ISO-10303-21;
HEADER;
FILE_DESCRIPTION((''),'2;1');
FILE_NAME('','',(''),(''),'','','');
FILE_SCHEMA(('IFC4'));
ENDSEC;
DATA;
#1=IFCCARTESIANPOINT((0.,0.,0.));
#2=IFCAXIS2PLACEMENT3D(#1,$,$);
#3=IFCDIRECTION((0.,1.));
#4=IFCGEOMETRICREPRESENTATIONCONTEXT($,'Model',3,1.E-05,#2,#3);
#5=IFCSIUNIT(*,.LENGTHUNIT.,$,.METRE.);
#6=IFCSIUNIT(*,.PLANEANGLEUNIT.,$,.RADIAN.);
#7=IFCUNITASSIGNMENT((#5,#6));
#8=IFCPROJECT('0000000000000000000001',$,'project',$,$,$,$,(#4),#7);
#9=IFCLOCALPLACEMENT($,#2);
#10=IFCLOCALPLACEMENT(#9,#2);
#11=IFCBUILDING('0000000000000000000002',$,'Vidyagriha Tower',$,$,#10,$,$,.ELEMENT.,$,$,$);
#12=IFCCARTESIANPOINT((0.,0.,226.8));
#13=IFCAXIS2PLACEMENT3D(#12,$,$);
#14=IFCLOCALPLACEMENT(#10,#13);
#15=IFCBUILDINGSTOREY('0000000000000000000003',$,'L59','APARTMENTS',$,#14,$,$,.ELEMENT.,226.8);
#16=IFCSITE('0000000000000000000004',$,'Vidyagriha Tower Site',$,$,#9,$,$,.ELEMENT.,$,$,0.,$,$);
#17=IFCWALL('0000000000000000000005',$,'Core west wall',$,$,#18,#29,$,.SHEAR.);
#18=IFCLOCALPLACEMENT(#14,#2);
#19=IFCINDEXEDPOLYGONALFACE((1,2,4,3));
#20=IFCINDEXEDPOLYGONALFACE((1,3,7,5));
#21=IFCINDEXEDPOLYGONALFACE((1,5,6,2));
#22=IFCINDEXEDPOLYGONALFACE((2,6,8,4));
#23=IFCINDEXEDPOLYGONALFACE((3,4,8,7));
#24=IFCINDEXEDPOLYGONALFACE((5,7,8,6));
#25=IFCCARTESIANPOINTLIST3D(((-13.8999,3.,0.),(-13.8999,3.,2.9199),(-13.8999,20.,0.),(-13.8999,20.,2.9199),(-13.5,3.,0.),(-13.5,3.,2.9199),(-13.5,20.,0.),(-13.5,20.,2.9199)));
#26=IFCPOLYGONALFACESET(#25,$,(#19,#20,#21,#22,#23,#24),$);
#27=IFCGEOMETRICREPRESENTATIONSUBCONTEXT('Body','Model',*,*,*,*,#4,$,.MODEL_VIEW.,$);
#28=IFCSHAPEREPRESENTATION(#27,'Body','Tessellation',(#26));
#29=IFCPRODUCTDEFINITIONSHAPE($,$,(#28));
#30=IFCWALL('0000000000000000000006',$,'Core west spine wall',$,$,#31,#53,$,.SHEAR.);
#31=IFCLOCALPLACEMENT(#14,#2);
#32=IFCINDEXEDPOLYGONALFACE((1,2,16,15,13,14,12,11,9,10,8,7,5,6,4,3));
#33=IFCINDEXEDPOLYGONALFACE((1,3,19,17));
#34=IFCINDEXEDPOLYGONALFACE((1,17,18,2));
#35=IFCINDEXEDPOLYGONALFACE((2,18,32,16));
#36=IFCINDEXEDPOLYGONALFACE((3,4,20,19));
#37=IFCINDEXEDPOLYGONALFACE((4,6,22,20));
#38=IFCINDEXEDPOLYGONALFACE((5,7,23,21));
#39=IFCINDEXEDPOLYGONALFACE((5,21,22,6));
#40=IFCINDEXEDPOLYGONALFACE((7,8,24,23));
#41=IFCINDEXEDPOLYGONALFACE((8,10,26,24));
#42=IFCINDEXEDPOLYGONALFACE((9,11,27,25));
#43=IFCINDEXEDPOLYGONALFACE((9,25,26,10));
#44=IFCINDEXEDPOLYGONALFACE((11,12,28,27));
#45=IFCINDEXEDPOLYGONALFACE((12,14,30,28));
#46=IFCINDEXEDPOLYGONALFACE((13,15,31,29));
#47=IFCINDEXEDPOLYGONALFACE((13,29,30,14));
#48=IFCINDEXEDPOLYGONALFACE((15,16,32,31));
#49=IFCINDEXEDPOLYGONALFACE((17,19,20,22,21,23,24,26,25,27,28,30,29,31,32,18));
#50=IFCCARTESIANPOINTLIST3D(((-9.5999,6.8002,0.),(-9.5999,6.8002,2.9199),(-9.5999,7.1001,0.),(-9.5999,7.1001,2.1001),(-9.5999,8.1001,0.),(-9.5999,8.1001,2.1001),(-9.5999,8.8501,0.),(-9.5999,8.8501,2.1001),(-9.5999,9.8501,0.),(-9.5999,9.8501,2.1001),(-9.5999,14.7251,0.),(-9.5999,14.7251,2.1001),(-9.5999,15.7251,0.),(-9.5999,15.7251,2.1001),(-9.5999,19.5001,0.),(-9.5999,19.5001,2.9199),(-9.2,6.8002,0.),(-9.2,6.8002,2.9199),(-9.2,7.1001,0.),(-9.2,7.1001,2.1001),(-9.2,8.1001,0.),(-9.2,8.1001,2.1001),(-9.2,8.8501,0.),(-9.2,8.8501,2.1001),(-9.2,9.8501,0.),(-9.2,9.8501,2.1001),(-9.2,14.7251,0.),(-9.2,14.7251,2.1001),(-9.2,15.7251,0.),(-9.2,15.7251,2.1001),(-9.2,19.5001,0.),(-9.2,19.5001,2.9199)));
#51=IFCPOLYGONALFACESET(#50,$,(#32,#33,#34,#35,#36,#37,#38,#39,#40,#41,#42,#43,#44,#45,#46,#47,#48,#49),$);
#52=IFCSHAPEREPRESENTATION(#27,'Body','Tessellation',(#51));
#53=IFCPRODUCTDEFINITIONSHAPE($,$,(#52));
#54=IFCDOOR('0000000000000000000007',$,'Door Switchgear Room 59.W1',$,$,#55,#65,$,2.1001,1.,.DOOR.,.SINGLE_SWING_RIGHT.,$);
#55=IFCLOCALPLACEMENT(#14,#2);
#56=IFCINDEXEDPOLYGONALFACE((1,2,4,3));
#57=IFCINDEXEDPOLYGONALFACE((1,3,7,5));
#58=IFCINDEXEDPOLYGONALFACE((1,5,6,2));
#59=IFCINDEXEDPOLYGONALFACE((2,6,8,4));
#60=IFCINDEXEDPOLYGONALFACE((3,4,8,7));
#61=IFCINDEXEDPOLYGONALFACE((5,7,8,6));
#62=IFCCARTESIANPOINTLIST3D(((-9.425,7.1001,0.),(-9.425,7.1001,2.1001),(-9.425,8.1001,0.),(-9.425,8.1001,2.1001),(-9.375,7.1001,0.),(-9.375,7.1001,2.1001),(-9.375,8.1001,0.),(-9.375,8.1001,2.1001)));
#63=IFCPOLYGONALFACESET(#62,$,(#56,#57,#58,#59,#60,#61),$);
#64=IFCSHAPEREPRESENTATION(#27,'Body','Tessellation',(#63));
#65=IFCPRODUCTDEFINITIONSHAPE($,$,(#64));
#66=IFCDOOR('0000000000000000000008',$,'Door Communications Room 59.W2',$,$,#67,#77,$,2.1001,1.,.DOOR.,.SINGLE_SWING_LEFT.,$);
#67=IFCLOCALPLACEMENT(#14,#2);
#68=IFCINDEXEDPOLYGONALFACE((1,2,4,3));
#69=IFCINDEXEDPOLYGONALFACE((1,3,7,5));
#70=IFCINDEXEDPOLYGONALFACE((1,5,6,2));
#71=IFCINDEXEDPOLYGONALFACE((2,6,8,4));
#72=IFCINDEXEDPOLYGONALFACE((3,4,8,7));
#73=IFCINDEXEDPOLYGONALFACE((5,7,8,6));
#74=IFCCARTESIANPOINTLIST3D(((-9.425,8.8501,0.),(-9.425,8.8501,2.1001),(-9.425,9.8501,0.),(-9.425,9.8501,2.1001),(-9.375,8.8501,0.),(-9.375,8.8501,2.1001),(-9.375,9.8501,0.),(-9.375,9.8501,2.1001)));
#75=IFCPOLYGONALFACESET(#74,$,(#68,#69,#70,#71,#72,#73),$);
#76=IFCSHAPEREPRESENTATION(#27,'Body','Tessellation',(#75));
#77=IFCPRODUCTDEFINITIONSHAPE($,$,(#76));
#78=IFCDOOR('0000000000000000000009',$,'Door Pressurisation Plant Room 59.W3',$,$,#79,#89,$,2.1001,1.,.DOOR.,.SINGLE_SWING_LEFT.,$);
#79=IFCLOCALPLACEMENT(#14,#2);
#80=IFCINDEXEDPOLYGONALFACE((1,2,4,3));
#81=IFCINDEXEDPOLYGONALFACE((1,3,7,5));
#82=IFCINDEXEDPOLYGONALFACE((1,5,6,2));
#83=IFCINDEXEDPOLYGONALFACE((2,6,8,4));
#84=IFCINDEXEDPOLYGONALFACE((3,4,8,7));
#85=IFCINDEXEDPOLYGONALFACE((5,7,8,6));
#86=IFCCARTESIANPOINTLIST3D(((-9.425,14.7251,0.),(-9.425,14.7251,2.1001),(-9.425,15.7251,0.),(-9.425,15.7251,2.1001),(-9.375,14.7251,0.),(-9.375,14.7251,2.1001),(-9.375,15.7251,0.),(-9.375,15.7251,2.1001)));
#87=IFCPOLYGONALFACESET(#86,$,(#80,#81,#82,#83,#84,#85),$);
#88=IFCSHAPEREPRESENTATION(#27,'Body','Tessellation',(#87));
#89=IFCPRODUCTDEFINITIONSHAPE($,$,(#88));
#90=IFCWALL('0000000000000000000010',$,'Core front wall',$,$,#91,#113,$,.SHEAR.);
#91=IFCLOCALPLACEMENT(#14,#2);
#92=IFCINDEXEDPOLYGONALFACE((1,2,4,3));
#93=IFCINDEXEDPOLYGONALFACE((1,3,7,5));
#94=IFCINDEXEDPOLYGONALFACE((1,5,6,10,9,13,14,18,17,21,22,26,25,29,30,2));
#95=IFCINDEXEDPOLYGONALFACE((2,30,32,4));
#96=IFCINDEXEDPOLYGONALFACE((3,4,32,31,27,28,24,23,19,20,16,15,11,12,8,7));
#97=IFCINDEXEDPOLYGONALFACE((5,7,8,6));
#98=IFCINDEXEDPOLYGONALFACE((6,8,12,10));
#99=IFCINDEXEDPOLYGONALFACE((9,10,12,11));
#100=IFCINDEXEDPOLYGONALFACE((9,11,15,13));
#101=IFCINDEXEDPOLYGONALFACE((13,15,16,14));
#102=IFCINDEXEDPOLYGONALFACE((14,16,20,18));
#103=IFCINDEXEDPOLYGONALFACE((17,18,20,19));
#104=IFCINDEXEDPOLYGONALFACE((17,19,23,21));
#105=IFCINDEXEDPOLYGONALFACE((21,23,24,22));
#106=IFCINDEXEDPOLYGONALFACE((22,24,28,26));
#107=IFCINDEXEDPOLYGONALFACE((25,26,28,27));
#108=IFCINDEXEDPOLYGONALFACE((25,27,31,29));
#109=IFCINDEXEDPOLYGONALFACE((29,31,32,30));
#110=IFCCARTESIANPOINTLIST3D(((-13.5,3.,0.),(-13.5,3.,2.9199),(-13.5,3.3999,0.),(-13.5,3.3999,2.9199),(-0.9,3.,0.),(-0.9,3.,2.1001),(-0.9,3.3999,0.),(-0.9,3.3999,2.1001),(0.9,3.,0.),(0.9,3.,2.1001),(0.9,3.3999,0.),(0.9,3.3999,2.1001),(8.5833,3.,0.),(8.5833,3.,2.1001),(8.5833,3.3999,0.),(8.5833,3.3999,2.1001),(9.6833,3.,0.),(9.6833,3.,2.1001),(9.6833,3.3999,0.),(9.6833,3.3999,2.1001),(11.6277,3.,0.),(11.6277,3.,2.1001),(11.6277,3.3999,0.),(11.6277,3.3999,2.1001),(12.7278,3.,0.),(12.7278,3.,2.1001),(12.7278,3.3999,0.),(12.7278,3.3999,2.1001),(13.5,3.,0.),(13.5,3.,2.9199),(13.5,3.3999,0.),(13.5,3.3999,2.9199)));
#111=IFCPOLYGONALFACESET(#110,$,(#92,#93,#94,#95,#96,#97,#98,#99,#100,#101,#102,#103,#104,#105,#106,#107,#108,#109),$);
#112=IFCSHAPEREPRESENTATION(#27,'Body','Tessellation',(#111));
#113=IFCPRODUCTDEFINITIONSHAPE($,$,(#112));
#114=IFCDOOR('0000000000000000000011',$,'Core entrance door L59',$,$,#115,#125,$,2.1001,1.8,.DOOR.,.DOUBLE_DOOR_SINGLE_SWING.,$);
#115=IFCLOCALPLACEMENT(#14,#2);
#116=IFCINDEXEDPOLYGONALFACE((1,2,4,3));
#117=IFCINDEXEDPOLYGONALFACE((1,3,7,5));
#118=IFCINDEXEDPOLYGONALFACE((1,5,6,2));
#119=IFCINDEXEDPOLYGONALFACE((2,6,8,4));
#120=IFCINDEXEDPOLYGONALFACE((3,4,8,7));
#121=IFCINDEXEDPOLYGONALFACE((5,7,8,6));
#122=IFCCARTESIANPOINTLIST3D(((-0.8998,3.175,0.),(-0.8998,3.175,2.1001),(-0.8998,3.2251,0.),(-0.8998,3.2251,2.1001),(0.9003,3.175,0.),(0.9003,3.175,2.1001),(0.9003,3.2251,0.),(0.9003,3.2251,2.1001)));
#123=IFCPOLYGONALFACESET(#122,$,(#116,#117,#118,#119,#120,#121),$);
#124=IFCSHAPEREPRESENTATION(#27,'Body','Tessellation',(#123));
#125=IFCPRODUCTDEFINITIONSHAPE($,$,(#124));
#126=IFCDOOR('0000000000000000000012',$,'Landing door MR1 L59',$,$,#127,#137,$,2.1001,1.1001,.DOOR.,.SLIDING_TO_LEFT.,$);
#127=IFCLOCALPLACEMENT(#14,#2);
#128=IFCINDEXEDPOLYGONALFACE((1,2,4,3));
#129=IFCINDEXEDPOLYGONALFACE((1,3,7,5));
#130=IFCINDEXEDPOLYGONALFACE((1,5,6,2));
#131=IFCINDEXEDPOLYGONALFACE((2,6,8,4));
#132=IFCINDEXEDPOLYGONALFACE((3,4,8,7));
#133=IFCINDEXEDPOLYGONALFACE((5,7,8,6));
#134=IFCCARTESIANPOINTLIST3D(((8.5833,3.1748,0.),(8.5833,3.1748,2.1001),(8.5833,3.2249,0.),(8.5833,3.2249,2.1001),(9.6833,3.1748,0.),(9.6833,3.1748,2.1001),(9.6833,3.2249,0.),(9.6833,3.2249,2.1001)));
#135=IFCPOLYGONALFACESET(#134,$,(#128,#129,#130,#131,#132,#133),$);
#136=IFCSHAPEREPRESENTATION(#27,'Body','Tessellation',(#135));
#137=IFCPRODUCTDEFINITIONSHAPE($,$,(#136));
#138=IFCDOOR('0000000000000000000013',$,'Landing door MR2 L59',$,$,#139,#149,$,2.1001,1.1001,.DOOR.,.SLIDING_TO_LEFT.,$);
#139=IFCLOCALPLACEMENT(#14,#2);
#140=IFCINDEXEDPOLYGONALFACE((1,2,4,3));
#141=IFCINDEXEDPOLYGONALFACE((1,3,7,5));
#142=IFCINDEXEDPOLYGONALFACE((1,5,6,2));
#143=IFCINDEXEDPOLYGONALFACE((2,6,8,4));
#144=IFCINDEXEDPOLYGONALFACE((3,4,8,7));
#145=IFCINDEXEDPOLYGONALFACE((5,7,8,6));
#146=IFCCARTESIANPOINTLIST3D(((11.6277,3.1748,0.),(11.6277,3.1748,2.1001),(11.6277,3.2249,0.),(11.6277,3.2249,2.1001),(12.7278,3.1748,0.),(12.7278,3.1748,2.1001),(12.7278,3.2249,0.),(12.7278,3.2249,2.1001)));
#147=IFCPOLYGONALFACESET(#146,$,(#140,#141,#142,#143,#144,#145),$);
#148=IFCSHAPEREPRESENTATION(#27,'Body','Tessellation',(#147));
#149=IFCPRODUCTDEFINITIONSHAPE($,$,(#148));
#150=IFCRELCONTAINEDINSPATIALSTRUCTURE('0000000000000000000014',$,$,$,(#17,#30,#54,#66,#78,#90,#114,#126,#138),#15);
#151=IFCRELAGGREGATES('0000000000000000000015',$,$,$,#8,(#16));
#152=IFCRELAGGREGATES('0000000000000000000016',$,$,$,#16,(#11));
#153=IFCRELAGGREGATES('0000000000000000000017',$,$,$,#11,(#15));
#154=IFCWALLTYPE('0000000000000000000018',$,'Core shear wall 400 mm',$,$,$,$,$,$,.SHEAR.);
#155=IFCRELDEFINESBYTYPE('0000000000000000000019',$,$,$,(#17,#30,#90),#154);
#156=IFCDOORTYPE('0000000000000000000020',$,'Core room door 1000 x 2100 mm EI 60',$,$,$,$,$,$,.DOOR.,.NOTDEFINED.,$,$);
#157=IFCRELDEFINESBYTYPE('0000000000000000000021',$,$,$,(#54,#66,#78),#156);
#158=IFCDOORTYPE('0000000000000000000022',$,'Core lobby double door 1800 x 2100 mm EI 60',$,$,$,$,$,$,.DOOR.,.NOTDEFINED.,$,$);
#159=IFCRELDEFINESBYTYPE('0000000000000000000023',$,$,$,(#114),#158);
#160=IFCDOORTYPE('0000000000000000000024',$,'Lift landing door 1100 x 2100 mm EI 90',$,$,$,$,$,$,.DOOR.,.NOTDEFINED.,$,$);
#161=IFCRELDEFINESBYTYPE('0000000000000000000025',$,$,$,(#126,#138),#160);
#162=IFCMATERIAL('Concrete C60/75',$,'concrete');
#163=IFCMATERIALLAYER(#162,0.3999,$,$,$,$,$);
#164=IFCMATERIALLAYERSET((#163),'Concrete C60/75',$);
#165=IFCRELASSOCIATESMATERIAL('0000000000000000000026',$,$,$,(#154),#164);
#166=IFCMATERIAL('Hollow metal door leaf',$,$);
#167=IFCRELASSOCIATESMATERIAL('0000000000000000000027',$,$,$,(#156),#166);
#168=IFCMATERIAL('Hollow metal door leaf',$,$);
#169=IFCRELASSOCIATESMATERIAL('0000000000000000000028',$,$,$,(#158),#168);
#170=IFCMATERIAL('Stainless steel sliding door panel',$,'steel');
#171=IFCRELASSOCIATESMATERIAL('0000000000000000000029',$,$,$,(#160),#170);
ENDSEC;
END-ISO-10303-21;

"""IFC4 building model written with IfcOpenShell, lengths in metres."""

from ifc_helpers import new_model, si_unit, direction, frame, frame_2d, origin, place, context, subcontext, project, spatial, rectangle, extrude, material, layer, layer_set, type_object, element, fill, save


model = new_model("IFC4")

# Units and contexts
model_context = context("Model", 3, precision=1e-05, world=origin(), true_north=direction((0.0, 1.0)))
body_context = subcontext(model_context, "Body", "Model", "MODEL_VIEW")
ifc_project = project(units=[si_unit("LENGTHUNIT", "METRE"), si_unit("PLANEANGLEUNIT", "RADIAN")], contexts=[model_context])

# Site, building, storey
site_placement = place(None, origin())
site = spatial("IfcSite", under=ifc_project, at=site_placement, Name="Vidyagriha Tower Site", CompositionType="ELEMENT", RefElevation=0.0)
building_placement = place(site_placement, origin())
building = spatial("IfcBuilding", under=site, at=building_placement, Name="Vidyagriha Tower", CompositionType="ELEMENT")
storey_placement = place(building_placement, frame((0.0, 0.0, 226.8)))
storey = spatial("IfcBuildingStorey", under=building, at=storey_placement, Name="L59", Description="APARTMENTS", CompositionType="ELEMENT", Elevation=226.8)

# Wall
ifc_material_1 = material(Name="Concrete C60/75", Category="concrete")
ifc_layer_1 = layer(ifc_material_1, 0.3999)
ifc_layer_set_1 = layer_set([ifc_layer_1], Name="Concrete C60/75")
wall_type_1 = type_object("IfcWallType", Name="Core shear wall 400 mm", PredefinedType="SHEAR", material=ifc_layer_set_1)
wall_1_placement = place(storey_placement, frame((-13.7, 3.0, 0.0), z_axis=(0.0, 0.0, 1.0), x_axis=(0.0, 1.0, 0.0)))
element("IfcWall", 1, at=wall_1_placement, inside=storey, type_object=wall_type_1, Name="Core west wall", PredefinedType="SHEAR", context=body_context, shape_type="SweptSolid", body=[
    extrude(rectangle(XDim=17.0, YDim=0.3999, at=frame_2d((8.5, 0.0))), origin(), (0.0, 0.0, 1.0), 2.9199),
])

# Walls, openings, doors
wall_2_placement = place(storey_placement, frame((-9.3999, 6.8, 0.0), z_axis=(0.0, 0.0, 1.0), x_axis=(0.0, 1.0, 0.0)))
wall_2 = element("IfcWall", 2, at=wall_2_placement, inside=storey, type_object=wall_type_1, Name="Core west spine wall", PredefinedType="SHEAR", context=body_context, shape_type="SweptSolid", body=[
    extrude(rectangle(XDim=12.7, YDim=0.3999, at=frame_2d((6.3501, 0.0))), origin(), (0.0, 0.0, 1.0), 2.9199),
])
opening_1_placement = place(wall_2_placement, frame((0.3, 0.0, 0.0)))
opening_1 = element("IfcOpeningElement", 3, at=opening_1_placement, cuts=wall_2, PredefinedType="OPENING", context=body_context, shape_type="SweptSolid", body=[
    extrude(rectangle(XDim=1.0, YDim=2.1001, at=frame_2d((0.5, 1.05))), frame((0.0, 0.21, 0.0), z_axis=(0.0, -1.0, 0.0), x_axis=(1.0, 0.0, 0.0)), (0.0, 0.0, 1.0), 0.4199),
])
opening_2_placement = place(wall_2_placement, frame((2.05, 0.0, 0.0)))
opening_2 = element("IfcOpeningElement", 4, at=opening_2_placement, cuts=wall_2, PredefinedType="OPENING", context=body_context, shape_type="SweptSolid", body=[
    extrude(rectangle(XDim=1.0, YDim=2.1001, at=frame_2d((0.5, 1.05))), frame((0.0, 0.21, 0.0), z_axis=(0.0, -1.0, 0.0), x_axis=(1.0, 0.0, 0.0)), (0.0, 0.0, 1.0), 0.4199),
])
opening_3_placement = place(wall_2_placement, frame((7.925, 0.0, 0.0)))
opening_3 = element("IfcOpeningElement", 5, at=opening_3_placement, cuts=wall_2, PredefinedType="OPENING", context=body_context, shape_type="SweptSolid", body=[
    extrude(rectangle(XDim=1.0, YDim=2.1001, at=frame_2d((0.5, 1.05))), frame((0.0, 0.21, 0.0), z_axis=(0.0, -1.0, 0.0), x_axis=(1.0, 0.0, 0.0)), (0.0, 0.0, 1.0), 0.4199),
])
ifc_material_2 = material(Name="Hollow metal door leaf")
door_type_1 = type_object("IfcDoorType", Name="Core room door 1000 x 2100 mm EI 60", OperationType="NOTDEFINED", PredefinedType="DOOR", material=ifc_material_2)
door_1_placement = place(opening_1_placement, frame((1.0, 0.0, 0.0), z_axis=(0.0, 0.0, 1.0), x_axis=(-1.0, 0.0, 0.0)))
door_1 = element("IfcDoor", 6, at=door_1_placement, inside=storey, type_object=door_type_1, Name="Door Switchgear Room 59.W1", OperationType="SINGLE_SWING_RIGHT", OverallHeight=2.1001, OverallWidth=1.0, PredefinedType="DOOR", context=body_context, shape_type="SweptSolid", body=[
    extrude(rectangle(XDim=1.0, YDim=2.1001, at=frame_2d((0.5, 1.05))), frame((0.0, 0.0249, 0.0), z_axis=(0.0, -1.0, 0.0), x_axis=(1.0, 0.0, 0.0)), (0.0, 0.0, 1.0), 0.05),
])
fill(opening_1, door_1)
door_2_placement = place(opening_2_placement, frame((1.0, 0.0, 0.0), z_axis=(0.0, 0.0, 1.0), x_axis=(-1.0, 0.0, 0.0)))
door_2 = element("IfcDoor", 7, at=door_2_placement, inside=storey, type_object=door_type_1, Name="Door Communications Room 59.W2", OperationType="SINGLE_SWING_LEFT", OverallHeight=2.1001, OverallWidth=1.0, PredefinedType="DOOR", context=body_context, shape_type="SweptSolid", body=[
    extrude(rectangle(XDim=1.0, YDim=2.1001, at=frame_2d((0.5, 1.05))), frame((0.0, 0.0249, 0.0), z_axis=(0.0, -1.0, 0.0), x_axis=(1.0, 0.0, 0.0)), (0.0, 0.0, 1.0), 0.05),
])
fill(opening_2, door_2)
door_3_placement = place(opening_3_placement, frame((1.0, 0.0, 0.0), z_axis=(0.0, 0.0, 1.0), x_axis=(-1.0, 0.0, 0.0)))
door_3 = element("IfcDoor", 8, at=door_3_placement, inside=storey, type_object=door_type_1, Name="Door Pressurisation Plant Room 59.W3", OperationType="SINGLE_SWING_LEFT", OverallHeight=2.1001, OverallWidth=1.0, PredefinedType="DOOR", context=body_context, shape_type="SweptSolid", body=[
    extrude(rectangle(XDim=1.0, YDim=2.1001, at=frame_2d((0.5, 1.05))), frame((0.0, 0.0249, 0.0), z_axis=(0.0, -1.0, 0.0), x_axis=(1.0, 0.0, 0.0)), (0.0, 0.0, 1.0), 0.05),
])
fill(opening_3, door_3)
wall_3_placement = place(storey_placement, frame((-13.5, 3.2, 0.0)))
wall_3 = element("IfcWall", 9, at=wall_3_placement, inside=storey, type_object=wall_type_1, Name="Core front wall", PredefinedType="SHEAR", context=body_context, shape_type="SweptSolid", body=[
    extrude(rectangle(XDim=27.0, YDim=0.3999, at=frame_2d((13.5, 0.0))), origin(), (0.0, 0.0, 1.0), 2.9199),
])
opening_4_placement = place(wall_3_placement, frame((22.0833, 0.0, 0.0)))
opening_4 = element("IfcOpeningElement", 10, at=opening_4_placement, cuts=wall_3, PredefinedType="OPENING", context=body_context, shape_type="SweptSolid", body=[
    extrude(rectangle(XDim=1.1001, YDim=2.1001, at=frame_2d((0.55, 1.05))), frame((0.0, 0.21, 0.0), z_axis=(0.0, -1.0, 0.0), x_axis=(1.0, 0.0, 0.0)), (0.0, 0.0, 1.0), 0.4199),
])
opening_5_placement = place(wall_3_placement, frame((25.1277, 0.0, 0.0)))
opening_5 = element("IfcOpeningElement", 11, at=opening_5_placement, cuts=wall_3, PredefinedType="OPENING", context=body_context, shape_type="SweptSolid", body=[
    extrude(rectangle(XDim=1.1001, YDim=2.1001, at=frame_2d((0.55, 1.05))), frame((0.0, 0.21, 0.0), z_axis=(0.0, -1.0, 0.0), x_axis=(1.0, 0.0, 0.0)), (0.0, 0.0, 1.0), 0.4199),
])
opening_6_placement = place(wall_3_placement, frame((12.6001, 0.0, 0.0)))
opening_6 = element("IfcOpeningElement", 12, at=opening_6_placement, cuts=wall_3, PredefinedType="OPENING", context=body_context, shape_type="SweptSolid", body=[
    extrude(rectangle(XDim=1.8, YDim=2.1001, at=frame_2d((0.8999, 1.05))), frame((0.0, 0.21, 0.0), z_axis=(0.0, -1.0, 0.0), x_axis=(1.0, 0.0, 0.0)), (0.0, 0.0, 1.0), 0.4199),
])
ifc_material_3 = material(Name="Hollow metal door leaf")
door_type_2 = type_object("IfcDoorType", Name="Core lobby double door 1800 x 2100 mm EI 60", OperationType="NOTDEFINED", PredefinedType="DOOR", material=ifc_material_3)
door_4_placement = place(opening_6_placement, frame((1.8, 0.0, 0.0), z_axis=(0.0, 0.0, 1.0), x_axis=(-1.0, 0.0, 0.0)))
door_4 = element("IfcDoor", 13, at=door_4_placement, inside=storey, type_object=door_type_2, Name="Core entrance door L59", OperationType="DOUBLE_DOOR_SINGLE_SWING", OverallHeight=2.1001, OverallWidth=1.8, PredefinedType="DOOR", context=body_context, shape_type="SweptSolid", body=[
    extrude(rectangle(XDim=1.8, YDim=2.1001, at=frame_2d((0.8999, 1.05))), frame((0.0, 0.0249, 0.0), z_axis=(0.0, -1.0, 0.0), x_axis=(1.0, 0.0, 0.0)), (0.0, 0.0, 1.0), 0.05),
])
fill(opening_6, door_4)
ifc_material_4 = material(Name="Stainless steel sliding door panel", Category="steel")
door_type_3 = type_object("IfcDoorType", Name="Lift landing door 1100 x 2100 mm EI 90", OperationType="NOTDEFINED", PredefinedType="DOOR", material=ifc_material_4)
door_5_placement = place(opening_4_placement, origin())
door_5 = element("IfcDoor", 14, at=door_5_placement, inside=storey, type_object=door_type_3, Name="Landing door MR1 L59", OperationType="SLIDING_TO_LEFT", OverallHeight=2.1001, OverallWidth=1.1001, PredefinedType="DOOR", context=body_context, shape_type="SweptSolid", body=[
    extrude(rectangle(XDim=1.1001, YDim=2.1001, at=frame_2d((0.55, 1.05))), frame((0.0, 0.0249, 0.0), z_axis=(0.0, -1.0, 0.0), x_axis=(1.0, 0.0, 0.0)), (0.0, 0.0, 1.0), 0.05),
])
fill(opening_4, door_5)
door_6_placement = place(opening_5_placement, origin())
door_6 = element("IfcDoor", 15, at=door_6_placement, inside=storey, type_object=door_type_3, Name="Landing door MR2 L59", OperationType="SLIDING_TO_LEFT", OverallHeight=2.1001, OverallWidth=1.1001, PredefinedType="DOOR", context=body_context, shape_type="SweptSolid", body=[
    extrude(rectangle(XDim=1.1001, YDim=2.1001, at=frame_2d((0.55, 1.05))), frame((0.0, 0.0249, 0.0), z_axis=(0.0, -1.0, 0.0), x_axis=(1.0, 0.0, 0.0)), (0.0, 0.0, 1.0), 0.05),
])
fill(opening_5, door_6)

save(model, "model.ifc")
